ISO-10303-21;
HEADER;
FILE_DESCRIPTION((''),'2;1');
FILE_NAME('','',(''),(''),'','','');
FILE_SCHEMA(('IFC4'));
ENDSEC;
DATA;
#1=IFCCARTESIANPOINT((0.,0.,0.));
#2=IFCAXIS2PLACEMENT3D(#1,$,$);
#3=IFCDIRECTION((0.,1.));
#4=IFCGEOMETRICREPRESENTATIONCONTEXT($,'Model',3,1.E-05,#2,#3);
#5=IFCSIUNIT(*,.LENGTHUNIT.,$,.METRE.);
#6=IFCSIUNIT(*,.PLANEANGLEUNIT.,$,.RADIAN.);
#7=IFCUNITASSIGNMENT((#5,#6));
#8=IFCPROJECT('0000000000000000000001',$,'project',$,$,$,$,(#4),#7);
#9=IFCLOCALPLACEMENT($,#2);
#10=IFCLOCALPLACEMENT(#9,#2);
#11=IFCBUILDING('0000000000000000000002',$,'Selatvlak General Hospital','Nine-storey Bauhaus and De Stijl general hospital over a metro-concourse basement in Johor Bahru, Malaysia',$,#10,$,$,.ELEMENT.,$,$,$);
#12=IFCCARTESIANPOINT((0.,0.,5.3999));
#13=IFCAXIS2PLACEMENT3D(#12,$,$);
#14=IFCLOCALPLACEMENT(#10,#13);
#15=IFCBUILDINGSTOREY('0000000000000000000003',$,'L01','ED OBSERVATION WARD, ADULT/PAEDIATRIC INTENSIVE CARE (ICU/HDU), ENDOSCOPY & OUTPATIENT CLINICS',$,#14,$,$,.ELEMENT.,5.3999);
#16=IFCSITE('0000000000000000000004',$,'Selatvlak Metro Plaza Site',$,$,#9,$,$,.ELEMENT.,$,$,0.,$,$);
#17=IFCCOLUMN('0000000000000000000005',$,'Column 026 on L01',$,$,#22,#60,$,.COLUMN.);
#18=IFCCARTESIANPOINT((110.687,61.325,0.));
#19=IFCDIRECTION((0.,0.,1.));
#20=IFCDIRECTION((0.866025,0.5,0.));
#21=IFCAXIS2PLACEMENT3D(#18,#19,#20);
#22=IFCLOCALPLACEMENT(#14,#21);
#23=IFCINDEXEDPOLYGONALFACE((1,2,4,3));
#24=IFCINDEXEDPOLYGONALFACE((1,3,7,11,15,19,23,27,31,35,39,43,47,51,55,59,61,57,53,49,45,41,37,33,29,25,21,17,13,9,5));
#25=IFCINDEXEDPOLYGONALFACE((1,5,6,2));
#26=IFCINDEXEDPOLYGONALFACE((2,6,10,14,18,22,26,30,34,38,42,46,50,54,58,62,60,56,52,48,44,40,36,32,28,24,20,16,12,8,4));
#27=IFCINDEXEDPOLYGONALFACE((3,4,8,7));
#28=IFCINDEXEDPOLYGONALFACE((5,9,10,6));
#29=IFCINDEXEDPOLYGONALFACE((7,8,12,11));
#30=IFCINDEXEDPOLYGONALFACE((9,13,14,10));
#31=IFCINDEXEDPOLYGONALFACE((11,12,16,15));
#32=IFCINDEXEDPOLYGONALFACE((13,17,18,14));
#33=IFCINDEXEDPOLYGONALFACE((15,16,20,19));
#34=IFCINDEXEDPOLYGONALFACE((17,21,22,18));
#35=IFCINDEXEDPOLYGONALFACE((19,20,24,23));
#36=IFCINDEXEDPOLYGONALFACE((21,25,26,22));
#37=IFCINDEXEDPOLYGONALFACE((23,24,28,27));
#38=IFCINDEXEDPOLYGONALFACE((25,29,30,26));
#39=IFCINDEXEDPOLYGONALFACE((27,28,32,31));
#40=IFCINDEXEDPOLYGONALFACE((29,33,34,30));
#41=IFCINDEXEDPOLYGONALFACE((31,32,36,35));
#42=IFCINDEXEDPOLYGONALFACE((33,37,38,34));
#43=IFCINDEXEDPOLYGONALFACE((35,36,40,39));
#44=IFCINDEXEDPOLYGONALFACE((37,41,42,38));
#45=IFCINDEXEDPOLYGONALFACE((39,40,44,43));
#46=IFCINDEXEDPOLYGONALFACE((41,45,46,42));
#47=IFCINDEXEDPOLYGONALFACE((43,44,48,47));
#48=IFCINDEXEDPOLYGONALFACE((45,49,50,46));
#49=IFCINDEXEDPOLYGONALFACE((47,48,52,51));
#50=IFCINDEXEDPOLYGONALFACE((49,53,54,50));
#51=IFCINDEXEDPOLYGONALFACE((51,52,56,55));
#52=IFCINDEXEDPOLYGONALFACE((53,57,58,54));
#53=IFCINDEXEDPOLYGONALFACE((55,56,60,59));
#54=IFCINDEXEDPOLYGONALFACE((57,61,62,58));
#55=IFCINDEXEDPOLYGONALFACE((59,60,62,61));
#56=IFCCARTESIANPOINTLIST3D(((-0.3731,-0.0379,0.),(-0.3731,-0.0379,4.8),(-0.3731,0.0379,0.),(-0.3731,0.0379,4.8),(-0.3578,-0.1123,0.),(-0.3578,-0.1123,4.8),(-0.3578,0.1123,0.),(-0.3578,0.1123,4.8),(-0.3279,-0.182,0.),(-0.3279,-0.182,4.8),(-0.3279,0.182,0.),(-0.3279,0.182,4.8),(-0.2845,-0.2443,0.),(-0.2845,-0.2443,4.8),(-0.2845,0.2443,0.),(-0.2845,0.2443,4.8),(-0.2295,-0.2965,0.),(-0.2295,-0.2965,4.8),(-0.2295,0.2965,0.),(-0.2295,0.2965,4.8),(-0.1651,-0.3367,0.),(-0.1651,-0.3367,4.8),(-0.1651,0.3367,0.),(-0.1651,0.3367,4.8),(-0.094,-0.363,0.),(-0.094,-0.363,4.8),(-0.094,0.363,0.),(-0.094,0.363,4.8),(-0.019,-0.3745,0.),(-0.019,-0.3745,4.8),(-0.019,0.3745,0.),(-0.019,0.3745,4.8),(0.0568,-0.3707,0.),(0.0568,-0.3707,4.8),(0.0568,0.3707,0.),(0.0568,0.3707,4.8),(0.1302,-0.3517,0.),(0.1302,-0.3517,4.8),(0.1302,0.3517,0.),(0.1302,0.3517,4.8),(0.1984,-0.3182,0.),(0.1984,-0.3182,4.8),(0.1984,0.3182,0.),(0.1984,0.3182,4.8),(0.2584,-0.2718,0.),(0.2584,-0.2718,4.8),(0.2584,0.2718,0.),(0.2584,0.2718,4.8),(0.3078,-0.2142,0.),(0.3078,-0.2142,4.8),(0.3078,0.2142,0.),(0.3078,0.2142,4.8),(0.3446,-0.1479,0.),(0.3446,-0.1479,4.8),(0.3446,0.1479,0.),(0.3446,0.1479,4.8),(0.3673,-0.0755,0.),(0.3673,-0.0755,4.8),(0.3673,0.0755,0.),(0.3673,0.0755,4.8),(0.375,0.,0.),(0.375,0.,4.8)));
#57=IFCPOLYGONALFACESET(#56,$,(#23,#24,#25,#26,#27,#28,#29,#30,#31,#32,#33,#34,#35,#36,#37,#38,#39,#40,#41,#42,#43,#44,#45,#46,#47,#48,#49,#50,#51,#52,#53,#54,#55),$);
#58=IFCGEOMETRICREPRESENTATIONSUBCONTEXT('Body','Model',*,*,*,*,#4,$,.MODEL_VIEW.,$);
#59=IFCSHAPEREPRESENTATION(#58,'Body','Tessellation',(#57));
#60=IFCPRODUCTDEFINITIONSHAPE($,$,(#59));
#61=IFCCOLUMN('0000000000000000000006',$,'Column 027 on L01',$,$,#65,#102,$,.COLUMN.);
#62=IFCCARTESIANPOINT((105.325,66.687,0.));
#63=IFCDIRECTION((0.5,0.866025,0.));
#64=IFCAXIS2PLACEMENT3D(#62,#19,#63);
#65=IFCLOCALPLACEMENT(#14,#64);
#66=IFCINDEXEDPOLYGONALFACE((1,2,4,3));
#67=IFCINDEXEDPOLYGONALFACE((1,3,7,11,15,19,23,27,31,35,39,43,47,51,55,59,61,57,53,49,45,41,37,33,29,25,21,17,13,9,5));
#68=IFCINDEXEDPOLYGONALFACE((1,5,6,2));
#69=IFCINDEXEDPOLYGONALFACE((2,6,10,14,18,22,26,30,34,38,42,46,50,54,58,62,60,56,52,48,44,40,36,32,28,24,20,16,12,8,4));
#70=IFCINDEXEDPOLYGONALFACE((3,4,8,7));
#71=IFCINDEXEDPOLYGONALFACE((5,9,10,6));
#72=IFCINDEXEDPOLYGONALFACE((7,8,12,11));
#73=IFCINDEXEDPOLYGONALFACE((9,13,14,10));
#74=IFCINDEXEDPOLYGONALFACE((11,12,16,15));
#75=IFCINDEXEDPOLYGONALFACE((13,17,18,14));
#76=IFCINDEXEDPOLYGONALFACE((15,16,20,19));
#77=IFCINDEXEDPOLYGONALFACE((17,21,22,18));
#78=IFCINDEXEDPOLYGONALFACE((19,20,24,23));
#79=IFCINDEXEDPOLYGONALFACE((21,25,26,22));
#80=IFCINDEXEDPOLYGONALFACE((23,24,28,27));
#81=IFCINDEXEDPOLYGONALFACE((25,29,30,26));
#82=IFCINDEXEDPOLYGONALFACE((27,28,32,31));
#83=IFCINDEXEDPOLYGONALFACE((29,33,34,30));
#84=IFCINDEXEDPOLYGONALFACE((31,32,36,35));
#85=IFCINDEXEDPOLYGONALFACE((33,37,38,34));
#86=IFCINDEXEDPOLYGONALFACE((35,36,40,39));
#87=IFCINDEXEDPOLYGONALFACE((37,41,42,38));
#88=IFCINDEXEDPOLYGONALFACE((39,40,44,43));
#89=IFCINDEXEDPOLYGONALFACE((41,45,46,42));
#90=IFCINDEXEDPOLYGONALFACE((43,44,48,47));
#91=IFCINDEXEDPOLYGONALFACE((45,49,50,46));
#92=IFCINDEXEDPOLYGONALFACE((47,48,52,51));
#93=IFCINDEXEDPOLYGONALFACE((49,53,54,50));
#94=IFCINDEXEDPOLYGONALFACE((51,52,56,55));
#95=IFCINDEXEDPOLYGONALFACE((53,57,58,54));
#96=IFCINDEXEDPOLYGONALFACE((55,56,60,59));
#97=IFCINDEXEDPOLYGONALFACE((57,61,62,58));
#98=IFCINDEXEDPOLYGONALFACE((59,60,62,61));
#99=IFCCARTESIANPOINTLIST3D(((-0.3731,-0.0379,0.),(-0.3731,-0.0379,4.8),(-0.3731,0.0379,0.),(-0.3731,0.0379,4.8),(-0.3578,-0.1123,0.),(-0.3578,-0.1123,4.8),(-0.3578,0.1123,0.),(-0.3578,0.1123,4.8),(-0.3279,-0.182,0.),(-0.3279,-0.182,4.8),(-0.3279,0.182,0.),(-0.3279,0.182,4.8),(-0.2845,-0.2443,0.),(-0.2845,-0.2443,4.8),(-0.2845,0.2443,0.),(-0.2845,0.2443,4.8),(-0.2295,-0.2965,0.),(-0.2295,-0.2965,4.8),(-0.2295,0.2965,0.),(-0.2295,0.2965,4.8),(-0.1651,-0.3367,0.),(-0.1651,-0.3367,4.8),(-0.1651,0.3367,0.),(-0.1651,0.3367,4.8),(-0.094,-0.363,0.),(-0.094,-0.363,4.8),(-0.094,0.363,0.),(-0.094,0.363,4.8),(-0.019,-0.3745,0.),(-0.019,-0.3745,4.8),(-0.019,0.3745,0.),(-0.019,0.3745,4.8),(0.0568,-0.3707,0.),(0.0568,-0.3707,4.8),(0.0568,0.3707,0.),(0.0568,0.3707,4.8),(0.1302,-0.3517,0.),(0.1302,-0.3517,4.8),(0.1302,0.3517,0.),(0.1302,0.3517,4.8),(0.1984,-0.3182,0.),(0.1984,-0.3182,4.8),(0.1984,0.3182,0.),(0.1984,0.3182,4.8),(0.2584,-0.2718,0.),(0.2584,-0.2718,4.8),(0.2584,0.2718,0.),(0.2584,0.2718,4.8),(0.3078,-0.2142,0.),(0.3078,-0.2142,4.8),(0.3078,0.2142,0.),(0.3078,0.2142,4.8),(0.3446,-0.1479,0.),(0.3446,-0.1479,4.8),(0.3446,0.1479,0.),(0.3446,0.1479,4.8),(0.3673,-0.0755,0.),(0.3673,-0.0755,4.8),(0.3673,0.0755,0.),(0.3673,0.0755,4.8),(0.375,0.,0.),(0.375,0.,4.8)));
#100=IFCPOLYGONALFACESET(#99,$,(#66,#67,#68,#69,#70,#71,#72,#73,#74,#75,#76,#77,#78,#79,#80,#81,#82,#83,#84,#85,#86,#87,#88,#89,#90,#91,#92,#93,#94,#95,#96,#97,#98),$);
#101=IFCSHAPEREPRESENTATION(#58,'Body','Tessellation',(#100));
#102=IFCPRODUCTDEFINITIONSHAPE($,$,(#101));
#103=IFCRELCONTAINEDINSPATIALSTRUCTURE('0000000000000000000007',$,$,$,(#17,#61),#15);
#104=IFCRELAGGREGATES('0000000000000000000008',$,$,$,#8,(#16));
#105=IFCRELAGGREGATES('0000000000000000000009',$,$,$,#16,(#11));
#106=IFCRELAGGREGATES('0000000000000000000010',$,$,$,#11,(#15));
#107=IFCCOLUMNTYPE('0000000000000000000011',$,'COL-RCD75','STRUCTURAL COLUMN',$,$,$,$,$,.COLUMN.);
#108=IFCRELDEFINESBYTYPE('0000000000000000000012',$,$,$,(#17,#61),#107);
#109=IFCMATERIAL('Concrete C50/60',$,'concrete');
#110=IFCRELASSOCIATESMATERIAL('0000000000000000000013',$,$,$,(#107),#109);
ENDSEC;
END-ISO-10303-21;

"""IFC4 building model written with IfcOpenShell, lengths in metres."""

from ifc_helpers import new_model, si_unit, direction, frame, origin, origin_2d, place, context, subcontext, project, spatial, circle, extrude, material, material_profile, profile_set, type_object, element, save


model = new_model("IFC4")

# Units and contexts
model_context = context("Model", 3, precision=1e-05, world=origin(), true_north=direction((0.0, 1.0)))
body_context = subcontext(model_context, "Body", "Model", "MODEL_VIEW")
ifc_project = project(units=[si_unit("LENGTHUNIT", "METRE"), si_unit("PLANEANGLEUNIT", "RADIAN")], contexts=[model_context])

# Site, building, storey
site_placement = place(None, origin())
site = spatial("IfcSite", under=ifc_project, at=site_placement, Name="Selatvlak Metro Plaza Site", CompositionType="ELEMENT", RefElevation=0.0)
building_placement = place(site_placement, origin())
building = spatial("IfcBuilding", under=site, at=building_placement, Name="Selatvlak General Hospital", Description="Nine-storey Bauhaus and De Stijl general hospital over a metro-concourse basement in Johor Bahru, Malaysia", CompositionType="ELEMENT")
storey_placement = place(building_placement, frame((0.0, 0.0, 5.3999)))
storey = spatial("IfcBuildingStorey", under=building, at=storey_placement, Name="L01", Description="ED OBSERVATION WARD, ADULT/PAEDIATRIC INTENSIVE CARE (ICU/HDU), ENDOSCOPY & OUTPATIENT CLINICS", CompositionType="ELEMENT", Elevation=5.3999)

# Columns
ifc_material_1 = material(Name="Concrete C50/60", Category="concrete")
ifc_material_profile_1 = material_profile(ifc_material_1, circle(Radius=0.375, at=origin_2d()), Name="RC-COL D750")
ifc_profile_set_1 = profile_set([ifc_material_profile_1], Name="Concrete C50/60")
column_type_1 = type_object("IfcColumnType", Name="COL-RCD75", Description="STRUCTURAL COLUMN", PredefinedType="COLUMN", material=ifc_profile_set_1)
for number, where, z_axis, x_axis, name in (
    (1, (110.687, 61.325, 0.0), (0.0, 0.0, 1.0), (0.866025, 0.5, 0.0), "Column 026 on L01"),
    (2, (105.325, 66.687, 0.0), (0.0, 0.0, 1.0), (0.5, 0.866025, 0.0), "Column 027 on L01"),
):
    element("IfcColumn", number, at=place(storey_placement, frame(where, z_axis=z_axis, x_axis=x_axis)), inside=storey, type_object=column_type_1, Name=name, PredefinedType="COLUMN", context=body_context, shape_type="SweptSolid", body=[
        extrude(circle(Radius=0.375, at=origin_2d()), origin(), (0.0, 0.0, 1.0), 4.8),
    ])

save(model, "model.ifc")
